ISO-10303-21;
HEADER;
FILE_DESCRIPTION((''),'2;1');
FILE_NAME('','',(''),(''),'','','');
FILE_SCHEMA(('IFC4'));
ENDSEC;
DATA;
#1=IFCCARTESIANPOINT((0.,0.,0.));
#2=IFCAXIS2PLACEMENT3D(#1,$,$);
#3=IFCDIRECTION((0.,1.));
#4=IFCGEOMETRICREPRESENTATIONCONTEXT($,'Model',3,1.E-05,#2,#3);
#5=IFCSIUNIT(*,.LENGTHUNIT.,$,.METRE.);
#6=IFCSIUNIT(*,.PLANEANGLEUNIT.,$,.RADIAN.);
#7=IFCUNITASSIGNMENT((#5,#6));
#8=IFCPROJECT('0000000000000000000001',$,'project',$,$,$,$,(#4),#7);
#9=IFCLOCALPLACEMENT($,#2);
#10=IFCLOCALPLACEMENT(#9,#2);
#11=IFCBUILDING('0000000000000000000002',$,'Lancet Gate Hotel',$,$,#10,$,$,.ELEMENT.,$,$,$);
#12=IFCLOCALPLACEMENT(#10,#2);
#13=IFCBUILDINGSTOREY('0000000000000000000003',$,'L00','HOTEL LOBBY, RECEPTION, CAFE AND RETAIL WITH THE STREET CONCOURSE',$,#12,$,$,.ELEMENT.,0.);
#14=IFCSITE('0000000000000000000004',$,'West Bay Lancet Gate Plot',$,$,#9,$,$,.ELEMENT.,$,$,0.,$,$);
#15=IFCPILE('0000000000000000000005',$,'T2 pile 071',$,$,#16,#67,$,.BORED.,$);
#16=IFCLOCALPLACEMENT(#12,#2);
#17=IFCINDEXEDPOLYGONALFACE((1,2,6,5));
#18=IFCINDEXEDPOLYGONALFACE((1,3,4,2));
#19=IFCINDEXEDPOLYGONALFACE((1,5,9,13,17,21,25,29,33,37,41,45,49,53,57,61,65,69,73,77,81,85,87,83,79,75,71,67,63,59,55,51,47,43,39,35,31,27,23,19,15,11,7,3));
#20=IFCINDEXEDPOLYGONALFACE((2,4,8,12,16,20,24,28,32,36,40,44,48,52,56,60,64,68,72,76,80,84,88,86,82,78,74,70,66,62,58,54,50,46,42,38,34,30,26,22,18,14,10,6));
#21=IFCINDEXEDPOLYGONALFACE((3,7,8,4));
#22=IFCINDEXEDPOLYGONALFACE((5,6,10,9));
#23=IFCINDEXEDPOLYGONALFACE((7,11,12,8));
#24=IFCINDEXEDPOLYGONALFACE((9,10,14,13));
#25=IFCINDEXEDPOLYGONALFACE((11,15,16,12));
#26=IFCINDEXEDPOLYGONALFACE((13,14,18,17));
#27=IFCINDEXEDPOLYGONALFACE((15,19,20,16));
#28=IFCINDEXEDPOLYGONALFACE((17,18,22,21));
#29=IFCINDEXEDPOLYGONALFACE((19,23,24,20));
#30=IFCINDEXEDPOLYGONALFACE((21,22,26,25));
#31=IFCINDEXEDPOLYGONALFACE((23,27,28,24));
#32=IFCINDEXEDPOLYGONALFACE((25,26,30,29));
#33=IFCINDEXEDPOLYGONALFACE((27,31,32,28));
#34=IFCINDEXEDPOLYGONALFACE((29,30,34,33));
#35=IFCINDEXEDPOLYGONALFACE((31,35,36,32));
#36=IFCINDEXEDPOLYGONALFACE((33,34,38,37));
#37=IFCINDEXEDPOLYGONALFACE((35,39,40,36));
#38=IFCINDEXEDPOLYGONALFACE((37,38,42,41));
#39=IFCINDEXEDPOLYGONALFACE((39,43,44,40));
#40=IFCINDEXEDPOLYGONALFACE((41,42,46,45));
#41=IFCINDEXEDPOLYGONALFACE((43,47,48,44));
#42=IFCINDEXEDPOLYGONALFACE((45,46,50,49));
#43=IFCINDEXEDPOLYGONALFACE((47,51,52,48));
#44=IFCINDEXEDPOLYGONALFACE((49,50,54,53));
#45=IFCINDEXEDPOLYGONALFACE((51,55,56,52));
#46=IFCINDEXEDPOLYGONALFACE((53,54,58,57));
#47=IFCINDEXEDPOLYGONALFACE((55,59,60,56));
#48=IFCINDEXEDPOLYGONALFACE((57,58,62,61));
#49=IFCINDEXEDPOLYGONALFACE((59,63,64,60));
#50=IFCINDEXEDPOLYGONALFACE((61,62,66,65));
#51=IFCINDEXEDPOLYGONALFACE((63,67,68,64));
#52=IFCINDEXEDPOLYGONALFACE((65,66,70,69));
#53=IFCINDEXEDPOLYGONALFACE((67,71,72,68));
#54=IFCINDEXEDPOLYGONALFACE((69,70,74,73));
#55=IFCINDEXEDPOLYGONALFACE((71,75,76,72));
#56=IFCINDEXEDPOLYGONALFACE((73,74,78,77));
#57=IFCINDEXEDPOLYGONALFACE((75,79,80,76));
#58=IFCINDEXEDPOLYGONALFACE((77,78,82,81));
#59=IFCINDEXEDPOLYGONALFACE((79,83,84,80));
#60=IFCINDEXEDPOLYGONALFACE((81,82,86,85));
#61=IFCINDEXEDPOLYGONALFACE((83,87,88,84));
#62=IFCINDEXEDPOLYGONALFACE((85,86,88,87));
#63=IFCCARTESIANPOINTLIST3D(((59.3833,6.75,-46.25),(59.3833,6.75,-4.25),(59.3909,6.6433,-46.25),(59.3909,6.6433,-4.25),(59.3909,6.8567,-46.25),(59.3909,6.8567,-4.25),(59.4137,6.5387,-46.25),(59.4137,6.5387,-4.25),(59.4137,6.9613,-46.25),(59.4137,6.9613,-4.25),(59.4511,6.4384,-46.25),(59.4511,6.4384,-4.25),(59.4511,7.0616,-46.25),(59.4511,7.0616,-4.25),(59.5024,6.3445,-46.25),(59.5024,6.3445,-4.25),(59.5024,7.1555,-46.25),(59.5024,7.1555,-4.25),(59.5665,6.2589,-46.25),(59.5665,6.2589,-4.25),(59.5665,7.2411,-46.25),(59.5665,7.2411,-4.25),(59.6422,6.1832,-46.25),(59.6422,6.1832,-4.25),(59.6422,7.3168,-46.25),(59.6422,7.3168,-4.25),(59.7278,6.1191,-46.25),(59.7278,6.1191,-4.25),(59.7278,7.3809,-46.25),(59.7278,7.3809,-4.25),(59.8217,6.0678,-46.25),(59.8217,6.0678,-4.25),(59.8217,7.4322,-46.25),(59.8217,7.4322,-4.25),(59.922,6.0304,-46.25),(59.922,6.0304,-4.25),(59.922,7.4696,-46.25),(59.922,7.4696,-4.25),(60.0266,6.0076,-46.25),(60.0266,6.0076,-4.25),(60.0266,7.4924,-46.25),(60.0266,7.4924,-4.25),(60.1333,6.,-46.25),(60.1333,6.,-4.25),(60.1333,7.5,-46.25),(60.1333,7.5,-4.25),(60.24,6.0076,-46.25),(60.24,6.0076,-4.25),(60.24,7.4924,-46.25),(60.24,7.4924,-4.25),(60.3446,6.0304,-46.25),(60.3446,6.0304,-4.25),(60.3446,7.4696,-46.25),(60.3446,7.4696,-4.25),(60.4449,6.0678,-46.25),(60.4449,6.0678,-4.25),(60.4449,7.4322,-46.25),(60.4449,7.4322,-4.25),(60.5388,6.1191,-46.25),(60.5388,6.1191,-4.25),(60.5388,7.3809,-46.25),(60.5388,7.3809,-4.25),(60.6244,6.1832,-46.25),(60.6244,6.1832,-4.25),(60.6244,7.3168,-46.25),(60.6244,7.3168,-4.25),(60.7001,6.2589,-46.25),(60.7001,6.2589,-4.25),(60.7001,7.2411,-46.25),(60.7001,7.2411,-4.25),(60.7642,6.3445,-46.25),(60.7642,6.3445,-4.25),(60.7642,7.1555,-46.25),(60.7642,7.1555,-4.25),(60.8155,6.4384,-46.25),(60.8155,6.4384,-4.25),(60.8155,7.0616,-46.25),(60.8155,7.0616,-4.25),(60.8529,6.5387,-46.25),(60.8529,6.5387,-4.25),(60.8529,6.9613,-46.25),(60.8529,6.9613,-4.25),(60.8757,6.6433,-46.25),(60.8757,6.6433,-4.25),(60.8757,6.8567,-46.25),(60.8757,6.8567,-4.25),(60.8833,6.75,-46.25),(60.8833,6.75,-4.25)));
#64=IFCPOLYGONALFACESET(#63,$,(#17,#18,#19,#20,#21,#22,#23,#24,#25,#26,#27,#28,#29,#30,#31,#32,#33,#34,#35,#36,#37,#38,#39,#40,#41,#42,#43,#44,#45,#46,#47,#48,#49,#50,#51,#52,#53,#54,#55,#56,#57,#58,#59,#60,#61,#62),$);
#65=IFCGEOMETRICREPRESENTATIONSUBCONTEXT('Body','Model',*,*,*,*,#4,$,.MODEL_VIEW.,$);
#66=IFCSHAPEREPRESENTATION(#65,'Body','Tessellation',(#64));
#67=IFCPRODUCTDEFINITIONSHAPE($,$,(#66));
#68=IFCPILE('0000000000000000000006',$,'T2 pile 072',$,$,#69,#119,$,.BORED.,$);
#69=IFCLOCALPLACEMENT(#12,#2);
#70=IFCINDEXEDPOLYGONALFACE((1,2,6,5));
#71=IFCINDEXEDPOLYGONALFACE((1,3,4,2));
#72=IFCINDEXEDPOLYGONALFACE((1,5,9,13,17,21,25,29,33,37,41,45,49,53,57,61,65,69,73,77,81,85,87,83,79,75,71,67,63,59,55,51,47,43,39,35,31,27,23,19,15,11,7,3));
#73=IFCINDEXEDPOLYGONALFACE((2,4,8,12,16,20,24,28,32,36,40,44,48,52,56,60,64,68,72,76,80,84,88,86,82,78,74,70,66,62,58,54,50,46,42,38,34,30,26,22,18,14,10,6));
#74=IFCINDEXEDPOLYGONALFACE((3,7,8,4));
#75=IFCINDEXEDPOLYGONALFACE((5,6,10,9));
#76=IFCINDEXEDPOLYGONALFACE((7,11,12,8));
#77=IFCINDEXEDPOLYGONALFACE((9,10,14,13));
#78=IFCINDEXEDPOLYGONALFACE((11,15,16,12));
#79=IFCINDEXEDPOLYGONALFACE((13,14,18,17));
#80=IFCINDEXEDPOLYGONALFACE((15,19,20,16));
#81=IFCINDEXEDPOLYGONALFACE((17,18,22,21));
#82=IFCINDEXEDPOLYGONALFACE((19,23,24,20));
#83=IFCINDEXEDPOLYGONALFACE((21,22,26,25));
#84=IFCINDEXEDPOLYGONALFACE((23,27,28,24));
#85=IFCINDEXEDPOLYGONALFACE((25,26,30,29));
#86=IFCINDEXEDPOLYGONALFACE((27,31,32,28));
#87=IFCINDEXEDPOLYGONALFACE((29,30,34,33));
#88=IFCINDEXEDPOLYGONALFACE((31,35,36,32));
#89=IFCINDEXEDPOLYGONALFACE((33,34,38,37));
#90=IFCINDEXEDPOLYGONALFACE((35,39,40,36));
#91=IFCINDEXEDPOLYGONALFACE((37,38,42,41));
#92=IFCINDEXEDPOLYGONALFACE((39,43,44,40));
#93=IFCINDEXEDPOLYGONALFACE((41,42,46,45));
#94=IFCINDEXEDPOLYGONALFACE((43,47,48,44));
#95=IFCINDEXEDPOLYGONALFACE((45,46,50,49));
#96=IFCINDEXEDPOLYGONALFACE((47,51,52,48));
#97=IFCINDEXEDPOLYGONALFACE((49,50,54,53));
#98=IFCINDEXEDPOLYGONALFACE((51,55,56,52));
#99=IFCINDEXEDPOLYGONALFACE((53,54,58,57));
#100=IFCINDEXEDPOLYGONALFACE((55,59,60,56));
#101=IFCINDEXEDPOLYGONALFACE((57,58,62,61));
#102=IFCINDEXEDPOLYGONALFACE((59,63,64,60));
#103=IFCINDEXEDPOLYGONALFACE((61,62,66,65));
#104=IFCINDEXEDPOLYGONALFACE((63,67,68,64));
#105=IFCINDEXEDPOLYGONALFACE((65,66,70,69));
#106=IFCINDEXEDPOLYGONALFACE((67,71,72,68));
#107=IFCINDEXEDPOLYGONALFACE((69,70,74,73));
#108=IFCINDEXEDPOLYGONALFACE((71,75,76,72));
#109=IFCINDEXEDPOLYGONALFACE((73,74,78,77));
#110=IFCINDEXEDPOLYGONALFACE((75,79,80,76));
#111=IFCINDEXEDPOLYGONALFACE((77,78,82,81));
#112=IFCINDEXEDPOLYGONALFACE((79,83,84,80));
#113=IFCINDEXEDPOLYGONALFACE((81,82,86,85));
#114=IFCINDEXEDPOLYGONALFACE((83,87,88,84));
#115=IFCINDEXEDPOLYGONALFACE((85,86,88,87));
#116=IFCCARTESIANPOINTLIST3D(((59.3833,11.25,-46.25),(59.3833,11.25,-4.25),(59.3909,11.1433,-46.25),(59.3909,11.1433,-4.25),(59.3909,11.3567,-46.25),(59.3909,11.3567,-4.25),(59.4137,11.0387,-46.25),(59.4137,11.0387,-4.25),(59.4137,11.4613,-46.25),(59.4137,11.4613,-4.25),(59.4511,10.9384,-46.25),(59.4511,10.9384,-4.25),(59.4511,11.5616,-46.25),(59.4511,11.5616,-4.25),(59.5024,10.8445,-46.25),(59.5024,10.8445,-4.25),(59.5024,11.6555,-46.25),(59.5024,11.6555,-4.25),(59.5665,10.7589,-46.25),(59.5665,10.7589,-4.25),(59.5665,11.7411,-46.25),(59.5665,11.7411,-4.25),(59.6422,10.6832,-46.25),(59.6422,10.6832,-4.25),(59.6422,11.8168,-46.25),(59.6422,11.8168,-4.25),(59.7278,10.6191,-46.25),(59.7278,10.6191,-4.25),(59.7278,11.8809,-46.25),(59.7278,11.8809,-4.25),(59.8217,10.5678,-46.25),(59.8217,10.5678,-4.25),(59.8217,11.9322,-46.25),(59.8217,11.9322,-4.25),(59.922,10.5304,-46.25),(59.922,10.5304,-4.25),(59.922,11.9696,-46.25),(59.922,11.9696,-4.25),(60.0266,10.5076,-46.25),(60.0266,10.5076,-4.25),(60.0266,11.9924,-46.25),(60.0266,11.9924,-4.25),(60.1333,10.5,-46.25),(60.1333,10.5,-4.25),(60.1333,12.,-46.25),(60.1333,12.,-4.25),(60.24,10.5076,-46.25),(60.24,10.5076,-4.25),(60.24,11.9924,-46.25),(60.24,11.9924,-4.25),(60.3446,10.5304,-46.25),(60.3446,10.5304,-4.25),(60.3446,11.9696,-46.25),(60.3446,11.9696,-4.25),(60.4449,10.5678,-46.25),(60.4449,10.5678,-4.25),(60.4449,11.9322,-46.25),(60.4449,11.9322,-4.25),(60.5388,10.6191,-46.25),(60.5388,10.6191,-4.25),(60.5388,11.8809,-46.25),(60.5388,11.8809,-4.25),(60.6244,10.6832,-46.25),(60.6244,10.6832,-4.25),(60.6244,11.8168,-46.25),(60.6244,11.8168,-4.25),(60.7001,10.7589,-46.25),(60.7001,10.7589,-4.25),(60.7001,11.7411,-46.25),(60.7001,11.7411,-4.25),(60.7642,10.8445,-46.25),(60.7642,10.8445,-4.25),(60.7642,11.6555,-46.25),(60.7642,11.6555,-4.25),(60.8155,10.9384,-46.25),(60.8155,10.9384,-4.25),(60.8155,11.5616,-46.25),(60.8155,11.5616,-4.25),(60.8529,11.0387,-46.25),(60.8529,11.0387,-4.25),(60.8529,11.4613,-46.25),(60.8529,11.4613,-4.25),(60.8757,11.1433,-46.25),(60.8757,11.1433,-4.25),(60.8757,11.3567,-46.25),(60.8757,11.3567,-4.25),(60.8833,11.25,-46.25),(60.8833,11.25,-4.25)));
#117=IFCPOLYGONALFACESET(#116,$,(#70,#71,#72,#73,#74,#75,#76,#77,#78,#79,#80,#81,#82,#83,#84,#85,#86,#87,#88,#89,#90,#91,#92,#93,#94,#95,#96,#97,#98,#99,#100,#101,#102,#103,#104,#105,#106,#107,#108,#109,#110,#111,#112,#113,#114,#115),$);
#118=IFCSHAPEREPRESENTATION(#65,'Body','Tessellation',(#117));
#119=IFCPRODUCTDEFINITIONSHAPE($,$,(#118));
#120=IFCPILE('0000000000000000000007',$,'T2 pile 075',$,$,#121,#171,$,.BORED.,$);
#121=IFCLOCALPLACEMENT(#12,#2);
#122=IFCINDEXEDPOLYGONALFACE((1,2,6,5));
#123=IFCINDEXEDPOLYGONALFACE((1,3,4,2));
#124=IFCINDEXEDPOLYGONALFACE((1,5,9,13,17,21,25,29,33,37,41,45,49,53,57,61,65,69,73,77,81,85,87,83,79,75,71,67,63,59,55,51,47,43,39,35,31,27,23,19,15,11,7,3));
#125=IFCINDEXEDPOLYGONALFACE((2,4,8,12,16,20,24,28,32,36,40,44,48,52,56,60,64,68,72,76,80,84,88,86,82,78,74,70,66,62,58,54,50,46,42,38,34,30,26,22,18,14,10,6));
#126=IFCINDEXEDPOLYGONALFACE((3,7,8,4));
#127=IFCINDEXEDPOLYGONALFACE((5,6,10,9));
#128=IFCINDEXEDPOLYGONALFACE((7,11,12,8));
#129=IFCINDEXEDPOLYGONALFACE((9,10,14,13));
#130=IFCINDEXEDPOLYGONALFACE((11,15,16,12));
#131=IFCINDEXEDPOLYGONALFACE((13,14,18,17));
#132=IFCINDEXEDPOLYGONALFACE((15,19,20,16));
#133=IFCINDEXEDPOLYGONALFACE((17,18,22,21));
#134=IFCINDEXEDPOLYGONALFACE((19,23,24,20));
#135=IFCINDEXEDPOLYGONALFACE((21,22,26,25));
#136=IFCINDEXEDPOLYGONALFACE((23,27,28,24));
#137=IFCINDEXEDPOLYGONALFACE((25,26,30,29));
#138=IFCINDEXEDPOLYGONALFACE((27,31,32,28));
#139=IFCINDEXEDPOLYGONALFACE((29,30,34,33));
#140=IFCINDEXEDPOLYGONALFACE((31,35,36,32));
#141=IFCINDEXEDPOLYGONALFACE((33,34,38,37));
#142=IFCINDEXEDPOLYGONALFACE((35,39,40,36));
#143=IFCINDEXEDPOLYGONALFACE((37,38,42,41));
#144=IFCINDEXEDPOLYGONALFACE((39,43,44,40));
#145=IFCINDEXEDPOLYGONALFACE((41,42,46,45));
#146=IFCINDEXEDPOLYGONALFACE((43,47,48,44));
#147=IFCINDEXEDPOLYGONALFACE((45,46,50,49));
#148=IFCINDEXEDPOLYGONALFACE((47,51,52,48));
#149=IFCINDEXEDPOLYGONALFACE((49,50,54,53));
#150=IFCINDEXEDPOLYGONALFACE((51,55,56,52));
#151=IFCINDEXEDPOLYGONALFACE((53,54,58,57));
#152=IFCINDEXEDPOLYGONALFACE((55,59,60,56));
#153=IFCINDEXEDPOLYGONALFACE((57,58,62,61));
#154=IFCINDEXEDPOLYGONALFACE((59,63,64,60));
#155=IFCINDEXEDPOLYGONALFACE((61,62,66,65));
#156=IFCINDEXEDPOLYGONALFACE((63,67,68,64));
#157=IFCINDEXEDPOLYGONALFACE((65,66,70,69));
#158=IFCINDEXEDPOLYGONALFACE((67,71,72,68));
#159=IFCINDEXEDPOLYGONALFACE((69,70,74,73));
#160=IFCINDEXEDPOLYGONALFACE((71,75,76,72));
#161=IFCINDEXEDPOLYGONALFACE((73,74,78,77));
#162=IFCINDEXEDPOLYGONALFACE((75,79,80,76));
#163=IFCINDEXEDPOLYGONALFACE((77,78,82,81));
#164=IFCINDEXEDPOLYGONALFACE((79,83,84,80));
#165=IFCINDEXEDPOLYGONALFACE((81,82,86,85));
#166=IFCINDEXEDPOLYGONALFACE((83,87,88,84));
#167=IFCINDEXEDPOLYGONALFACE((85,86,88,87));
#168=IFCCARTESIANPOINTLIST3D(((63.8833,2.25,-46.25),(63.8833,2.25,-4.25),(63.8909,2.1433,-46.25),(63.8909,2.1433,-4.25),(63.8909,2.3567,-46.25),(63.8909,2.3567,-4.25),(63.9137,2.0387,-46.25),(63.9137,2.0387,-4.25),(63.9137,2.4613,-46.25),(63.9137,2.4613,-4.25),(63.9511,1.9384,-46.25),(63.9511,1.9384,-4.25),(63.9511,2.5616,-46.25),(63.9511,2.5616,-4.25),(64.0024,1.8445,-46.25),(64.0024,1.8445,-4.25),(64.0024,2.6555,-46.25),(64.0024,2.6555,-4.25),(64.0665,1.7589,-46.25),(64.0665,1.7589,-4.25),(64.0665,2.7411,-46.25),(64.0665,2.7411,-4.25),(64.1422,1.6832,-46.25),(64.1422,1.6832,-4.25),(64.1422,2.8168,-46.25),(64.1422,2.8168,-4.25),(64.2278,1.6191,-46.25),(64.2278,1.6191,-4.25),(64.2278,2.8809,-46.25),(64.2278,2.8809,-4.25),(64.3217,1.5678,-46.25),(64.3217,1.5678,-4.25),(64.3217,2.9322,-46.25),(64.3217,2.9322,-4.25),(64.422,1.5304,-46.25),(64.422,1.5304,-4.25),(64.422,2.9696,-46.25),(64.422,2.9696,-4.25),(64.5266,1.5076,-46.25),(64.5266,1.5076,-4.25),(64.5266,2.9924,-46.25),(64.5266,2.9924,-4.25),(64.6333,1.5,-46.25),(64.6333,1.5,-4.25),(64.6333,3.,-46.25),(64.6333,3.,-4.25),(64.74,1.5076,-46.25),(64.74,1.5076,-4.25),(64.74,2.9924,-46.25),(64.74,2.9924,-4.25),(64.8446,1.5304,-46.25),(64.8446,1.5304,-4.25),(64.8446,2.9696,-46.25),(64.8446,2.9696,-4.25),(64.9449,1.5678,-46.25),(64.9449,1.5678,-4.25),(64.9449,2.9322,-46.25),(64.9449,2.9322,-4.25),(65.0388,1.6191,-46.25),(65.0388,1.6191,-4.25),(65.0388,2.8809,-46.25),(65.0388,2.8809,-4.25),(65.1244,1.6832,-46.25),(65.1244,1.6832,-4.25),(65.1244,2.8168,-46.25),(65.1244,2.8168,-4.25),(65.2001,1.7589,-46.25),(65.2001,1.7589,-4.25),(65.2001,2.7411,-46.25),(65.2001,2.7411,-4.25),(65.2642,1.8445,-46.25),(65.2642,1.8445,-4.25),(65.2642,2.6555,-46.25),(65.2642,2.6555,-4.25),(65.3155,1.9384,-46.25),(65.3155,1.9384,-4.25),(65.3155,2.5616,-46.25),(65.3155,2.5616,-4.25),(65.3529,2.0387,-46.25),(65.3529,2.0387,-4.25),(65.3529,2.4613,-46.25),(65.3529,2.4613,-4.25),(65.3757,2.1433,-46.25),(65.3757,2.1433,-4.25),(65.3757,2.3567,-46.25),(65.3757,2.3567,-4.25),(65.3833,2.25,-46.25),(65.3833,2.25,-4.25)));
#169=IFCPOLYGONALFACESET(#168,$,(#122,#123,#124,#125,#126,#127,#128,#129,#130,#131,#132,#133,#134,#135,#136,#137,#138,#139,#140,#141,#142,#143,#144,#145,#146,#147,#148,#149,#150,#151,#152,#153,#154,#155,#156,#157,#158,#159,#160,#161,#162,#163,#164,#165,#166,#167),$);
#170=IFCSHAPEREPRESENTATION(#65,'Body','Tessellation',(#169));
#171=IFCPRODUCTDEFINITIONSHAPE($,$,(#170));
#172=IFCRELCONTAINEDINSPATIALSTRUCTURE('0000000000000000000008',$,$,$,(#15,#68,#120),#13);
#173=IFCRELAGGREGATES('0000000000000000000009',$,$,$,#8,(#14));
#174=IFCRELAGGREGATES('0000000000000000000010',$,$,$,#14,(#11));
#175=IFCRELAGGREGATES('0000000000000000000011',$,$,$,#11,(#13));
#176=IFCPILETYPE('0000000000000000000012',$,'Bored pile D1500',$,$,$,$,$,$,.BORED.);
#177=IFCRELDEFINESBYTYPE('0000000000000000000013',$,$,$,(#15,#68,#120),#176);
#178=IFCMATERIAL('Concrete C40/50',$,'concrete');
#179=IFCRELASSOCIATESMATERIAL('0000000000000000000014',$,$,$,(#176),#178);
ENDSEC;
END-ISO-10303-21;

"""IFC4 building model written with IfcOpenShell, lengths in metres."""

from ifc_helpers import new_model, si_unit, direction, frame, origin, origin_2d, place, context, subcontext, project, spatial, circle, extrude, material, material_profile, profile_set, type_object, element, save


model = new_model("IFC4")

# Units and contexts
model_context = context("Model", 3, precision=1e-05, world=origin(), true_north=direction((0.0, 1.0)))
body_context = subcontext(model_context, "Body", "Model", "MODEL_VIEW")
ifc_project = project(units=[si_unit("LENGTHUNIT", "METRE"), si_unit("PLANEANGLEUNIT", "RADIAN")], contexts=[model_context])

# Site, building, storey
site_placement = place(None, origin())
site = spatial("IfcSite", under=ifc_project, at=site_placement, Name="West Bay Lancet Gate Plot", CompositionType="ELEMENT", RefElevation=0.0)
building_placement = place(site_placement, origin())
building = spatial("IfcBuilding", under=site, at=building_placement, Name="Lancet Gate Hotel", CompositionType="ELEMENT")
storey_placement = place(building_placement, origin())
storey = spatial("IfcBuildingStorey", under=building, at=storey_placement, Name="L00", Description="HOTEL LOBBY, RECEPTION, CAFE AND RETAIL WITH THE STREET CONCOURSE", CompositionType="ELEMENT", Elevation=0.0)

# Piles
ifc_material_1 = material(Name="Concrete C40/50", Category="concrete")
ifc_material_profile_1 = material_profile(ifc_material_1, circle(Radius=0.75, at=origin_2d()), Name="PILE D1500")
ifc_profile_set_1 = profile_set([ifc_material_profile_1], Name="Concrete C40/50")
pile_type = type_object("IfcPileType", Name="Bored pile D1500", PredefinedType="BORED", material=ifc_profile_set_1)
for number, where, z_axis, x_axis, name in (
    (1, (60.1333, 6.75, -4.25), (0.0, 0.0, -1.0), (1.0, 0.0, 0.0), "T2 pile 071"),
    (2, (60.1333, 11.25, -4.25), (0.0, 0.0, -1.0), (1.0, 0.0, 0.0), "T2 pile 072"),
    (3, (64.6333, 2.25, -4.25), (0.0, 0.0, -1.0), (1.0, 0.0, 0.0), "T2 pile 075"),
):
    element("IfcPile", number, at=place(storey_placement, frame(where, z_axis=z_axis, x_axis=x_axis)), inside=storey, type_object=pile_type, Name=name, PredefinedType="BORED", context=body_context, shape_type="SweptSolid", body=[
        extrude(circle(Radius=0.75, at=origin_2d()), origin(), (0.0, 0.0, 1.0), 42.0),
    ])

save(model, "model.ifc")
